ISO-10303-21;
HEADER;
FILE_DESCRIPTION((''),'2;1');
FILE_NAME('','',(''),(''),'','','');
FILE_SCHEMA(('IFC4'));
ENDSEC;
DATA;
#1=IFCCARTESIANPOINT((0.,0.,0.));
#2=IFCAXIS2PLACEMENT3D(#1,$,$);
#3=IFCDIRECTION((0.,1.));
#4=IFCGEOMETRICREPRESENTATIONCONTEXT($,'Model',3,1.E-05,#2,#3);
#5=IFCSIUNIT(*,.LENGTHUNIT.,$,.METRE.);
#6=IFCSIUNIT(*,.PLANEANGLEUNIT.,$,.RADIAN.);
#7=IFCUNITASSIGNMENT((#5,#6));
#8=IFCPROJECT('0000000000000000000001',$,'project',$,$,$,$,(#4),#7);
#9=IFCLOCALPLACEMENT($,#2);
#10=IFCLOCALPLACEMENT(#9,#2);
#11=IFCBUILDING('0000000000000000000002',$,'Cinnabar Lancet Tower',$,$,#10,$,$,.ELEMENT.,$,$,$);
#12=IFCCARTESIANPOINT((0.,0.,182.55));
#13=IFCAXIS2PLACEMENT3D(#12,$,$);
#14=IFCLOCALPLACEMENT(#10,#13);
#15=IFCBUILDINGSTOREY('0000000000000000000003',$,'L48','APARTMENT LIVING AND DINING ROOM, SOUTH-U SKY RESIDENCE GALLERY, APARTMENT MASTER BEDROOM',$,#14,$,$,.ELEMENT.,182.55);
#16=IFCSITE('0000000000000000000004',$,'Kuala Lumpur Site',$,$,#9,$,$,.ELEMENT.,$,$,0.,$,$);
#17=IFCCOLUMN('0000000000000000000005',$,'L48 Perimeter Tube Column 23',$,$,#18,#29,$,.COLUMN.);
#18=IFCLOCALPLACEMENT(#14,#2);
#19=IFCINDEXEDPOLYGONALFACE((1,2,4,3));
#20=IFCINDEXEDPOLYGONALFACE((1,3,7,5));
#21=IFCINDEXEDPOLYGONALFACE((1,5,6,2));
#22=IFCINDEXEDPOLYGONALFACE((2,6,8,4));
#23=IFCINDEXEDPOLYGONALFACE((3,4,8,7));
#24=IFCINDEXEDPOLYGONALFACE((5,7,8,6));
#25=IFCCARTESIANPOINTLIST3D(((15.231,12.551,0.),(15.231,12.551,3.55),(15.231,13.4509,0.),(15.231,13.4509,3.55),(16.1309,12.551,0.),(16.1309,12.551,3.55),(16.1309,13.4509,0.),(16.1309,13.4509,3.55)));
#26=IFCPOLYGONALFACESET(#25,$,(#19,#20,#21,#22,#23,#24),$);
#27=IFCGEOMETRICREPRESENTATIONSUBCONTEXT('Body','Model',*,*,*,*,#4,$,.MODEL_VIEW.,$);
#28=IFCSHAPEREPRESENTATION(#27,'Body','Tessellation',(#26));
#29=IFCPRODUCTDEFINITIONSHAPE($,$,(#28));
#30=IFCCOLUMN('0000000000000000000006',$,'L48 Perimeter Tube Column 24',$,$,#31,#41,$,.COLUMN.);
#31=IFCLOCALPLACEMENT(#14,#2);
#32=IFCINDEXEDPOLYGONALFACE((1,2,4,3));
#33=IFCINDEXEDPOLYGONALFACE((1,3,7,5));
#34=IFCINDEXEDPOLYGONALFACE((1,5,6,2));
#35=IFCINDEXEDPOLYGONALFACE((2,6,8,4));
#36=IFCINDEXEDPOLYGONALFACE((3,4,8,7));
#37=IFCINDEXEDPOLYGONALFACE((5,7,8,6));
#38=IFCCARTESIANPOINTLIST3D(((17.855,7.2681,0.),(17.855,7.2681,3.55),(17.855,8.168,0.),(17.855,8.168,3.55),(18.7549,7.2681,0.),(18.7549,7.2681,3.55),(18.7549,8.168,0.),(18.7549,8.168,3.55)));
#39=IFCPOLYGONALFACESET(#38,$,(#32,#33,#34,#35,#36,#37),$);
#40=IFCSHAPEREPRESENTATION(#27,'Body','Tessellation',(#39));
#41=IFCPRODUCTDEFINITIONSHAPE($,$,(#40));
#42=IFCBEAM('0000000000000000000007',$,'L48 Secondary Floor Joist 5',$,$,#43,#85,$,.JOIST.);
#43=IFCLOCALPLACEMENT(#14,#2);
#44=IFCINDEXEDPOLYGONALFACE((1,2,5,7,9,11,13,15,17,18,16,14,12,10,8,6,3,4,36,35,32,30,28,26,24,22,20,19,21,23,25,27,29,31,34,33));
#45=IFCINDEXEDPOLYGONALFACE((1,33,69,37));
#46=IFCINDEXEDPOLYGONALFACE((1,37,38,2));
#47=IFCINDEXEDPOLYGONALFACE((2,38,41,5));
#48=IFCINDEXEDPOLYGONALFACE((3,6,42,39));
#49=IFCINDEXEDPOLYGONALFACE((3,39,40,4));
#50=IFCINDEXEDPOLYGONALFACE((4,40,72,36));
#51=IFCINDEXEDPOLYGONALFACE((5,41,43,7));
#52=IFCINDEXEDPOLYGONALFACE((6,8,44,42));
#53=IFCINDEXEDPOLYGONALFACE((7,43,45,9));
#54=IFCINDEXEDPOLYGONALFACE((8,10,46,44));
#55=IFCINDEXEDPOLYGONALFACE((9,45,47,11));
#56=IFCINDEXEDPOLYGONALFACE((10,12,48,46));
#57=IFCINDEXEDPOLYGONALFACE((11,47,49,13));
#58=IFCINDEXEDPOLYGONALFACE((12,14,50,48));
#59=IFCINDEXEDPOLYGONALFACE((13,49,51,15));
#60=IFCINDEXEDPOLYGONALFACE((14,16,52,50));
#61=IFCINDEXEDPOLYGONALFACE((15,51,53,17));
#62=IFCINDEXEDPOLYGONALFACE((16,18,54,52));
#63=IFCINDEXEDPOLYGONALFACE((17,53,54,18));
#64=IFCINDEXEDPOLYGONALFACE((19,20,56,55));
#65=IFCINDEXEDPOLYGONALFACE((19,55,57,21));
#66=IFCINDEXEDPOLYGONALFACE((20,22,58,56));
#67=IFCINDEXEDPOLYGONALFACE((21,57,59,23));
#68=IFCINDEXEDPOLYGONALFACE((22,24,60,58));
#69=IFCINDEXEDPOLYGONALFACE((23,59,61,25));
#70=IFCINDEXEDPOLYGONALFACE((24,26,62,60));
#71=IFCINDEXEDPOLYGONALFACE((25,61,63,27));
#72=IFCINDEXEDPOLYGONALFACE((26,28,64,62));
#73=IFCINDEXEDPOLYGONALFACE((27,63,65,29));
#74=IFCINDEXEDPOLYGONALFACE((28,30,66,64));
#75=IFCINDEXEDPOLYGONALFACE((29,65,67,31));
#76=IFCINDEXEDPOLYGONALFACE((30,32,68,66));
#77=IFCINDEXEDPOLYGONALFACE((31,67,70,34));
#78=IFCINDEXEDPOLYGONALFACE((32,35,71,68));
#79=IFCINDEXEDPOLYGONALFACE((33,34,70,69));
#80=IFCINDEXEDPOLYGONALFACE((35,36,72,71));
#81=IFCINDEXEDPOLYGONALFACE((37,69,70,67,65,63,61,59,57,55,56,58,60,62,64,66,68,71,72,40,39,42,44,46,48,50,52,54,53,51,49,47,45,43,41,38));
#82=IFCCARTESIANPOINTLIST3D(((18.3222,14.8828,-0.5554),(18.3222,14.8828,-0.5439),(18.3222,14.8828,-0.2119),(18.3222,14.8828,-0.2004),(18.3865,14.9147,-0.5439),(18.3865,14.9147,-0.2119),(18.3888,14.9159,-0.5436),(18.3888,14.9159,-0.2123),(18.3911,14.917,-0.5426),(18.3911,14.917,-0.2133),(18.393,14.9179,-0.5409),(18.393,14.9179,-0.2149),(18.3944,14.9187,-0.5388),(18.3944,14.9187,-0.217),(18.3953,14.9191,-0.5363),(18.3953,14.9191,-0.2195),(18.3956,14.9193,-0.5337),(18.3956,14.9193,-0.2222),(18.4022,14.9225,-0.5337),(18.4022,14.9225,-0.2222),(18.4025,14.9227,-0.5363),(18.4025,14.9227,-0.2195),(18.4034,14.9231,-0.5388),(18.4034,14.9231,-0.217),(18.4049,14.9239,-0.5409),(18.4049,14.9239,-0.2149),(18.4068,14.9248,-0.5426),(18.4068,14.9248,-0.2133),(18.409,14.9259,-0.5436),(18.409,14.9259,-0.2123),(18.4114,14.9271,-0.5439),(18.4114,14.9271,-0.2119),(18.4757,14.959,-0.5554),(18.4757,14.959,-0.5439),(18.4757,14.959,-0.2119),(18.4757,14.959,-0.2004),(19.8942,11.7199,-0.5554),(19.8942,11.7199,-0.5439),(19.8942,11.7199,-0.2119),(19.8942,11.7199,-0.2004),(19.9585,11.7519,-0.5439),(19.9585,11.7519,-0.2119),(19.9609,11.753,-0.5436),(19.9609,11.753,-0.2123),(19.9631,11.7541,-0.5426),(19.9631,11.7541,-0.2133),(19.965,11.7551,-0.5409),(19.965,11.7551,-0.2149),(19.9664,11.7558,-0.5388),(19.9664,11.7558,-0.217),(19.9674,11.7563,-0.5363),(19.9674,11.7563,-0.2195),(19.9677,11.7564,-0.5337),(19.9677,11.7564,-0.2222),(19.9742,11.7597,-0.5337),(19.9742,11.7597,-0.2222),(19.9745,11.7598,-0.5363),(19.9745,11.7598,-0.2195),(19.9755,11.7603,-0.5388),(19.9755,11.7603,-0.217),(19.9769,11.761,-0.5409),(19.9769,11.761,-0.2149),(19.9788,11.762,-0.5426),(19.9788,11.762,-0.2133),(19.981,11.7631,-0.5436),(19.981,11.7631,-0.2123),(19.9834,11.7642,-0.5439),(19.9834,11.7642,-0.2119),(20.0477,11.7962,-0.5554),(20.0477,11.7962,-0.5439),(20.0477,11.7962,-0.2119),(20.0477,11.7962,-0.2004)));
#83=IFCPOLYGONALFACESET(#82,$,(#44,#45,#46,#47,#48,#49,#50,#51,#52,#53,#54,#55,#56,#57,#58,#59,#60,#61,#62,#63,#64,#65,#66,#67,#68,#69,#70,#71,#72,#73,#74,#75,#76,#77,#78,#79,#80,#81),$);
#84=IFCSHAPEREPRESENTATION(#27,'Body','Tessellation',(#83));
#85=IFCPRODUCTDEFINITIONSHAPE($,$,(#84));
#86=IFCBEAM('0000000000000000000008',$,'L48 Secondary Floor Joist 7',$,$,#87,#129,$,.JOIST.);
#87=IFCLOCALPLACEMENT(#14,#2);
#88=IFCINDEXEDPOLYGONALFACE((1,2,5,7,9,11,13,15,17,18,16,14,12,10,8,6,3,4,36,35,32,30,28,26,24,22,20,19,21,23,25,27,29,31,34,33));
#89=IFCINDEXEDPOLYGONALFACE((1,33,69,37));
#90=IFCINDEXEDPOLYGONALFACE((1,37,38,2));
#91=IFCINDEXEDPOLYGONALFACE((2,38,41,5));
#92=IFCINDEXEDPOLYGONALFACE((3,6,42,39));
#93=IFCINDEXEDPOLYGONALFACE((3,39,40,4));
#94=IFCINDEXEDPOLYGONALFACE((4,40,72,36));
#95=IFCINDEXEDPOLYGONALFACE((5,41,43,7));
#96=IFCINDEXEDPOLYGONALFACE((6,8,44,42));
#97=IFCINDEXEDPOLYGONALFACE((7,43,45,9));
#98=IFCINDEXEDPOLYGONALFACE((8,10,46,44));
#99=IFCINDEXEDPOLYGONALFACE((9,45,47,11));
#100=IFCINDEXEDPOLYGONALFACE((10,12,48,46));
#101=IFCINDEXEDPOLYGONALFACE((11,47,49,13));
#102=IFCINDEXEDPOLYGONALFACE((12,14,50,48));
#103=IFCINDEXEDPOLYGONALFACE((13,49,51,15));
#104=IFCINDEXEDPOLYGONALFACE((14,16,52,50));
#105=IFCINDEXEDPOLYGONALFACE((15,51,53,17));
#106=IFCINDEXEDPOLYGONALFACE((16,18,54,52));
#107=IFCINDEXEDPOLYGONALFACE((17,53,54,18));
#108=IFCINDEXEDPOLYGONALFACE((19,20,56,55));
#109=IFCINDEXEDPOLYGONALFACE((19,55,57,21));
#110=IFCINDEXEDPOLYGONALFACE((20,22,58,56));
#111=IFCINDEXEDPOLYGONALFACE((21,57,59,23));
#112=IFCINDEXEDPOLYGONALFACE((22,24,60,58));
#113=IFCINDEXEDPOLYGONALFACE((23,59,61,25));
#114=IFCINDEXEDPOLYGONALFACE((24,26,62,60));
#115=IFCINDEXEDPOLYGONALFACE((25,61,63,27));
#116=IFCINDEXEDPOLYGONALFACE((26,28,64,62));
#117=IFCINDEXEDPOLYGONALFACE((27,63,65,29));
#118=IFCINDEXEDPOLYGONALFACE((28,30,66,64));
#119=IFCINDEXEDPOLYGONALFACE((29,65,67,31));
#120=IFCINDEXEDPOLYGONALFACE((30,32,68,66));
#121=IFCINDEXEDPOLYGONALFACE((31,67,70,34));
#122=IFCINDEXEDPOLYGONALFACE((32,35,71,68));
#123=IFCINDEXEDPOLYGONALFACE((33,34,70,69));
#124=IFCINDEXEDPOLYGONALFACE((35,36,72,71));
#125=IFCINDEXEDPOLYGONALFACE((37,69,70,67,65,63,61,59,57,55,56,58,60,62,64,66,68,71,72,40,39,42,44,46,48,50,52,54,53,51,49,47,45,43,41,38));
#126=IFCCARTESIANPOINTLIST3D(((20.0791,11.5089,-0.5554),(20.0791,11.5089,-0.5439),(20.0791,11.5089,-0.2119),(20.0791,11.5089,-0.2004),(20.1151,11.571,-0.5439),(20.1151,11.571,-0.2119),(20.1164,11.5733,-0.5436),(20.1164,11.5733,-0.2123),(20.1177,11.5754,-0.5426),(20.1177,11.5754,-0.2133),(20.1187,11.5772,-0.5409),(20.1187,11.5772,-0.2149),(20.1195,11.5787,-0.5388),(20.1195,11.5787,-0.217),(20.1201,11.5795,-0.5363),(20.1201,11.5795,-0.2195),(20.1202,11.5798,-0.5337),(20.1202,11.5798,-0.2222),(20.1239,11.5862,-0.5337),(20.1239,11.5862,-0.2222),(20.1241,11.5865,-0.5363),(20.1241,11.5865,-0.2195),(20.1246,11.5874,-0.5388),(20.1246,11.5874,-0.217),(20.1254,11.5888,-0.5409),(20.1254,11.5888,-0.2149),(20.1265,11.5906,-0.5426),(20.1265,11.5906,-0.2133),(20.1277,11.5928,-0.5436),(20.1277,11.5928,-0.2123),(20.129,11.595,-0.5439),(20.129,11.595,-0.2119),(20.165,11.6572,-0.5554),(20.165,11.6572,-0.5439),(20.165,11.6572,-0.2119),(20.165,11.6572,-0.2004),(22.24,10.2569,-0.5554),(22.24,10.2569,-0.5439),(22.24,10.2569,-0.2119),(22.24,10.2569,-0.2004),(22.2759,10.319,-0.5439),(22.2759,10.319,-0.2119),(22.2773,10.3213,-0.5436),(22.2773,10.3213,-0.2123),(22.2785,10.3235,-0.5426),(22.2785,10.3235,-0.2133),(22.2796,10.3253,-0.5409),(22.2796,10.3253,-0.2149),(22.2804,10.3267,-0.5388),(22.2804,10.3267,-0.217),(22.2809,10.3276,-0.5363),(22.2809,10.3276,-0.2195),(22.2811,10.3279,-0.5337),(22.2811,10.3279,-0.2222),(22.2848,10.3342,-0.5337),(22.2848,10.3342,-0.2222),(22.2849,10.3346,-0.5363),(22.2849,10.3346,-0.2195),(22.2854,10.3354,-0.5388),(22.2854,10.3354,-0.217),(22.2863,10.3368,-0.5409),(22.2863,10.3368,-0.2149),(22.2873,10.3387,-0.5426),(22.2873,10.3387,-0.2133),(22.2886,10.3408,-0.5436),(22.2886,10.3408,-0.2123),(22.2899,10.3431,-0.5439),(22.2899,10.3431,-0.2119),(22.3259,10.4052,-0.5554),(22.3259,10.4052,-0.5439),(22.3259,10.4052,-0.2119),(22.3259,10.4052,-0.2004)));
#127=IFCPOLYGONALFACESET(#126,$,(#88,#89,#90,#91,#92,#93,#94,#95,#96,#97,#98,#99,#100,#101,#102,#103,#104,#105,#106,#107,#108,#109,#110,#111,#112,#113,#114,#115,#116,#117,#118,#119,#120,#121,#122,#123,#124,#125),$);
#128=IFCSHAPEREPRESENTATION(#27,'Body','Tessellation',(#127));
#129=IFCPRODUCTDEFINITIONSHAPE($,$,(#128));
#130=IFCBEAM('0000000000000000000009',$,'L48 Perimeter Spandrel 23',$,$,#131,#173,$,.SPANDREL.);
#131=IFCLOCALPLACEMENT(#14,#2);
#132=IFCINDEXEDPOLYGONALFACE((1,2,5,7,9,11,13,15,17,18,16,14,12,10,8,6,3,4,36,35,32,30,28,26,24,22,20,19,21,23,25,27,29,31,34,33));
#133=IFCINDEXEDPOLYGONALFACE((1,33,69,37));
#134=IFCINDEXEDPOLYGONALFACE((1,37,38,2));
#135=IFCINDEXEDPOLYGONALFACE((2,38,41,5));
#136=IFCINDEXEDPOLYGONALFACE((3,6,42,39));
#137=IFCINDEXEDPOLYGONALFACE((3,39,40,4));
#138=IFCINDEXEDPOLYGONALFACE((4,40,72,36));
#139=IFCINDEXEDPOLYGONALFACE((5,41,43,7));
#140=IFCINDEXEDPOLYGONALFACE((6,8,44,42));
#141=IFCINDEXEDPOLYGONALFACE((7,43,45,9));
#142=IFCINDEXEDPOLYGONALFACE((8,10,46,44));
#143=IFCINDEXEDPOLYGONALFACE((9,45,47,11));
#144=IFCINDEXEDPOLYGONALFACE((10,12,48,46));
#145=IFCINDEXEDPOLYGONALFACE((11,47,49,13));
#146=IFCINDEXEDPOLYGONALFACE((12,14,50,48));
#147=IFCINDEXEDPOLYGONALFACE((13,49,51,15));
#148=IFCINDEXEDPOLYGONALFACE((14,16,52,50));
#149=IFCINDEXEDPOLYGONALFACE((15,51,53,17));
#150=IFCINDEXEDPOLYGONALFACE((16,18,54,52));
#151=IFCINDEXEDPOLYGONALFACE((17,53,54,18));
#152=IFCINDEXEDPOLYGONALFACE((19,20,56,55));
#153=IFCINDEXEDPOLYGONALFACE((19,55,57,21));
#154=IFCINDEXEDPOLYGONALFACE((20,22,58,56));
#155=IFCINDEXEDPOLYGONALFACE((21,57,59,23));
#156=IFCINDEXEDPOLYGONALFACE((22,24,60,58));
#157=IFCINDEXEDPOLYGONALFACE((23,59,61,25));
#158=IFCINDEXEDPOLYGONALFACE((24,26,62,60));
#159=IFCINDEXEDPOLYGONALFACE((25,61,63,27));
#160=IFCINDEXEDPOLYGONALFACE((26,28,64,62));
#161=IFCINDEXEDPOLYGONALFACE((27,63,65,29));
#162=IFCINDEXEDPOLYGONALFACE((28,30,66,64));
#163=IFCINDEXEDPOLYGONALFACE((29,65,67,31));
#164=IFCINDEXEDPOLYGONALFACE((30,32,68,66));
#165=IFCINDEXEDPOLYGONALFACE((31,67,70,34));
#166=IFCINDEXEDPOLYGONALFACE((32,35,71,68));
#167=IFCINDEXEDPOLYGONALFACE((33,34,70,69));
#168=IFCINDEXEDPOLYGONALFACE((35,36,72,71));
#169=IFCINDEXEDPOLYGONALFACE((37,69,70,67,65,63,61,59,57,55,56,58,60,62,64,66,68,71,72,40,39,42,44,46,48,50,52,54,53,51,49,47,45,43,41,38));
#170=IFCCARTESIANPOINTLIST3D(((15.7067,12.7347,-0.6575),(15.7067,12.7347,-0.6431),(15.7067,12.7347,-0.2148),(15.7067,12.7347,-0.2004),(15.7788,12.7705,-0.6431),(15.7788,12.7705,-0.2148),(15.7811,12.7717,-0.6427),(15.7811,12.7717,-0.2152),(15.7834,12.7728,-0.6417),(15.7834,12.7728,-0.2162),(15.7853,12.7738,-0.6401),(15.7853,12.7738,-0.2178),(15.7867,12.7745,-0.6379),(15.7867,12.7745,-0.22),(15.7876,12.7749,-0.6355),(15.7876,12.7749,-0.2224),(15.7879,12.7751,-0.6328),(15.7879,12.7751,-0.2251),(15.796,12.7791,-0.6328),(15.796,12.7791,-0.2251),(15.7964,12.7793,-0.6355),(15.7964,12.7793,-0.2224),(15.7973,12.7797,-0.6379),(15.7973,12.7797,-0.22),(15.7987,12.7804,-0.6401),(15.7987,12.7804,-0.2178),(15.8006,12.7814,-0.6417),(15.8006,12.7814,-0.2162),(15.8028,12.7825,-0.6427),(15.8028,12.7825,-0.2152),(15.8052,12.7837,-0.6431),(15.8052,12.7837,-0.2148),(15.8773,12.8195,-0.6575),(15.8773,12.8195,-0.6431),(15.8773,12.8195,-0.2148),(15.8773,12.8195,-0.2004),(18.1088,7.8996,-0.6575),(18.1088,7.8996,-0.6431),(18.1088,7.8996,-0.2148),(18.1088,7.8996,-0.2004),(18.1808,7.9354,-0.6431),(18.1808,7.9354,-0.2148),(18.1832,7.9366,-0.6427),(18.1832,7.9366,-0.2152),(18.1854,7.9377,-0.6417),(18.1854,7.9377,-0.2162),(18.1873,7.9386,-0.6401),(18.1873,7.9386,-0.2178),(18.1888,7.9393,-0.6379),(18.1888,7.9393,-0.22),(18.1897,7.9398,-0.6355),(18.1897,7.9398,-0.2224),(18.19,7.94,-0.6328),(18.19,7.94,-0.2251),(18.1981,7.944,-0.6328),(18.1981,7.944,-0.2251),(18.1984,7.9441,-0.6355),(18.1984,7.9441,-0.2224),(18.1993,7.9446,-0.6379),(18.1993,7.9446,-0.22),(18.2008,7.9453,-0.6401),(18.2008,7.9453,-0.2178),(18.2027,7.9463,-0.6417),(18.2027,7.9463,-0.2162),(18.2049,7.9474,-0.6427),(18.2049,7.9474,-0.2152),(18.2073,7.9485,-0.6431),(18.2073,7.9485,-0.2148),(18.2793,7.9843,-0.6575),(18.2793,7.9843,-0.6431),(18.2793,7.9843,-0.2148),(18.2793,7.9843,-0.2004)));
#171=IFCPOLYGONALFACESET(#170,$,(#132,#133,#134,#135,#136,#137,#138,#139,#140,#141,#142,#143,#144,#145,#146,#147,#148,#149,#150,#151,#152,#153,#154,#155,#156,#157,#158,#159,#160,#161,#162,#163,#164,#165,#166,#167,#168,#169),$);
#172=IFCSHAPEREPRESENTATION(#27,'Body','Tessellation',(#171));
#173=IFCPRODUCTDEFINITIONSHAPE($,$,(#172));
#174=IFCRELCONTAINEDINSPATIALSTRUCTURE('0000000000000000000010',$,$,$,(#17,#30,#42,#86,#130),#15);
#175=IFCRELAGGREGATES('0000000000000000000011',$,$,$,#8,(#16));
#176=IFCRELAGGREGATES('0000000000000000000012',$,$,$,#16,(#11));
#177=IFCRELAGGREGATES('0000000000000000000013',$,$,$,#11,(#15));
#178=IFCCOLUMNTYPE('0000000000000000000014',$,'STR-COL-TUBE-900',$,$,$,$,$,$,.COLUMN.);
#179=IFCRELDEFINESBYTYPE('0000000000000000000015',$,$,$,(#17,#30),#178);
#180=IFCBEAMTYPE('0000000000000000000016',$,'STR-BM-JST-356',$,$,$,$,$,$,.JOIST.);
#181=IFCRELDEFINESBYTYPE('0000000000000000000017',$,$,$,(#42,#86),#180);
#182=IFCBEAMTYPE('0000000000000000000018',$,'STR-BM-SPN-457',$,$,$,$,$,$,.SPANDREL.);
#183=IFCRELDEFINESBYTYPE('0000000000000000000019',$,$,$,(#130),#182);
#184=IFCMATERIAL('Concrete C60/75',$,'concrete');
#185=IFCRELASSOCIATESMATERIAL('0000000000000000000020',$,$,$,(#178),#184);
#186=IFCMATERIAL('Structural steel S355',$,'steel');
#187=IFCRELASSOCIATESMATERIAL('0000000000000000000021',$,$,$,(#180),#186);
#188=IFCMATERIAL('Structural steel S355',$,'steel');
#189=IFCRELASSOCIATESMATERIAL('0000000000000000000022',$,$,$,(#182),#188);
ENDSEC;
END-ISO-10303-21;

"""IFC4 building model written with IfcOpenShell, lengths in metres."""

from ifc_helpers import new_model, si_unit, direction, frame, origin, origin_2d, place, context, subcontext, project, spatial, rectangle, i_section, extrude, material, material_profile, profile_set, type_object, element, save


model = new_model("IFC4")

# Units and contexts
model_context = context("Model", 3, precision=1e-05, world=origin(), true_north=direction((0.0, 1.0)))
body_context = subcontext(model_context, "Body", "Model", "MODEL_VIEW")
ifc_project = project(units=[si_unit("LENGTHUNIT", "METRE"), si_unit("PLANEANGLEUNIT", "RADIAN")], contexts=[model_context])

# Site, building, storey
site_placement = place(None, origin())
site = spatial("IfcSite", under=ifc_project, at=site_placement, Name="Kuala Lumpur Site", CompositionType="ELEMENT", RefElevation=0.0)
building_placement = place(site_placement, origin())
building = spatial("IfcBuilding", under=site, at=building_placement, Name="Cinnabar Lancet Tower", CompositionType="ELEMENT")
storey_placement = place(building_placement, frame((0.0, 0.0, 182.55)))
storey = spatial("IfcBuildingStorey", under=building, at=storey_placement, Name="L48", Description="APARTMENT LIVING AND DINING ROOM, SOUTH-U SKY RESIDENCE GALLERY, APARTMENT MASTER BEDROOM", CompositionType="ELEMENT", Elevation=182.55)

# Columns
ifc_material_1 = material(Name="Concrete C60/75", Category="concrete")
ifc_material_profile_1 = material_profile(ifc_material_1, rectangle(XDim=0.8999, YDim=0.8999, at=origin_2d()), Name="RC-COL 900x900")
ifc_profile_set_1 = profile_set([ifc_material_profile_1], Name="Concrete C60/75")
column_type = type_object("IfcColumnType", Name="STR-COL-TUBE-900", PredefinedType="COLUMN", material=ifc_profile_set_1)
for number, where, z_axis, x_axis, name in (
    (1, (15.6809, 13.001, 0.0), (0.0, 0.0, 1.0), (1.0, 0.0, 0.0), "L48 Perimeter Tube Column 23"),
    (2, (18.3049, 7.718, 0.0), (0.0, 0.0, 1.0), (1.0, 0.0, 0.0), "L48 Perimeter Tube Column 24"),
):
    element("IfcColumn", number, at=place(storey_placement, frame(where, z_axis=z_axis, x_axis=x_axis)), inside=storey, type_object=column_type, Name=name, PredefinedType="COLUMN", context=body_context, shape_type="SweptSolid", body=[
        extrude(rectangle(XDim=0.8999, YDim=0.8999, at=origin_2d()), origin(), (0.0, 0.0, 1.0), 3.55),
    ])

# Beams
ifc_material_2 = material(Name="Structural steel S355", Category="steel")
ifc_material_profile_2 = material_profile(ifc_material_2, i_section(OverallWidth=0.1714, OverallDepth=0.355, WebThickness=0.0073, FlangeThickness=0.0115, FilletRadius=0.0103, at=origin_2d()), Name="UKB 356x171x51")
ifc_profile_set_2 = profile_set([ifc_material_profile_2], Name="Structural steel S355")
beam_type_1 = type_object("IfcBeamType", Name="STR-BM-JST-356", PredefinedType="JOIST", material=ifc_profile_set_2)
beam_1_placement = place(storey_placement, frame((18.3989, 14.9209, -0.3779), z_axis=(0.445083, -0.895489, 0.0), x_axis=(0.895489, 0.445083, 0.0)))
element("IfcBeam", 3, at=beam_1_placement, inside=storey, type_object=beam_type_1, Name="L48 Secondary Floor Joist 5", PredefinedType="JOIST", context=body_context, shape_type="SweptSolid", body=[
    extrude(i_section(OverallWidth=0.1714, OverallDepth=0.355, WebThickness=0.0073, FlangeThickness=0.0115, FilletRadius=0.0103, at=origin_2d()), origin(), (0.0, 0.0, 1.0), 3.532),
])
beam_2_placement = place(storey_placement, frame((20.1221, 11.583, -0.3779), z_axis=(0.865268, -0.50131, 0.0), x_axis=(0.50131, 0.865268, 0.0)))
element("IfcBeam", 4, at=beam_2_placement, inside=storey, type_object=beam_type_1, Name="L48 Secondary Floor Joist 7", PredefinedType="JOIST", context=body_context, shape_type="SweptSolid", body=[
    extrude(i_section(OverallWidth=0.1714, OverallDepth=0.355, WebThickness=0.0073, FlangeThickness=0.0115, FilletRadius=0.0103, at=origin_2d()), origin(), (0.0, 0.0, 1.0), 2.4973),
])
ifc_material_3 = material(Name="Structural steel S355", Category="steel")
ifc_material_profile_3 = material_profile(ifc_material_3, i_section(OverallWidth=0.1904, OverallDepth=0.457, WebThickness=0.009, FlangeThickness=0.0144, FilletRadius=0.0103, at=origin_2d()), Name="UKB 457x191x74")
ifc_profile_set_3 = profile_set([ifc_material_profile_3], Name="Structural steel S355")
beam_type_2 = type_object("IfcBeamType", Name="STR-BM-SPN-457", PredefinedType="SPANDREL", material=ifc_profile_set_3)
beam_3_placement = place(storey_placement, frame((15.792, 12.7771, -0.429), z_axis=(0.444915, -0.895573, 0.0), x_axis=(0.895573, 0.444915, 0.0)))
element("IfcBeam", 5, at=beam_3_placement, inside=storey, type_object=beam_type_2, Name="L48 Perimeter Spandrel 23", PredefinedType="SPANDREL", context=body_context, shape_type="SweptSolid", body=[
    extrude(i_section(OverallWidth=0.1904, OverallDepth=0.457, WebThickness=0.009, FlangeThickness=0.0144, FilletRadius=0.0103, at=origin_2d()), origin(), (0.0, 0.0, 1.0), 5.3989),
])

save(model, "model.ifc")
